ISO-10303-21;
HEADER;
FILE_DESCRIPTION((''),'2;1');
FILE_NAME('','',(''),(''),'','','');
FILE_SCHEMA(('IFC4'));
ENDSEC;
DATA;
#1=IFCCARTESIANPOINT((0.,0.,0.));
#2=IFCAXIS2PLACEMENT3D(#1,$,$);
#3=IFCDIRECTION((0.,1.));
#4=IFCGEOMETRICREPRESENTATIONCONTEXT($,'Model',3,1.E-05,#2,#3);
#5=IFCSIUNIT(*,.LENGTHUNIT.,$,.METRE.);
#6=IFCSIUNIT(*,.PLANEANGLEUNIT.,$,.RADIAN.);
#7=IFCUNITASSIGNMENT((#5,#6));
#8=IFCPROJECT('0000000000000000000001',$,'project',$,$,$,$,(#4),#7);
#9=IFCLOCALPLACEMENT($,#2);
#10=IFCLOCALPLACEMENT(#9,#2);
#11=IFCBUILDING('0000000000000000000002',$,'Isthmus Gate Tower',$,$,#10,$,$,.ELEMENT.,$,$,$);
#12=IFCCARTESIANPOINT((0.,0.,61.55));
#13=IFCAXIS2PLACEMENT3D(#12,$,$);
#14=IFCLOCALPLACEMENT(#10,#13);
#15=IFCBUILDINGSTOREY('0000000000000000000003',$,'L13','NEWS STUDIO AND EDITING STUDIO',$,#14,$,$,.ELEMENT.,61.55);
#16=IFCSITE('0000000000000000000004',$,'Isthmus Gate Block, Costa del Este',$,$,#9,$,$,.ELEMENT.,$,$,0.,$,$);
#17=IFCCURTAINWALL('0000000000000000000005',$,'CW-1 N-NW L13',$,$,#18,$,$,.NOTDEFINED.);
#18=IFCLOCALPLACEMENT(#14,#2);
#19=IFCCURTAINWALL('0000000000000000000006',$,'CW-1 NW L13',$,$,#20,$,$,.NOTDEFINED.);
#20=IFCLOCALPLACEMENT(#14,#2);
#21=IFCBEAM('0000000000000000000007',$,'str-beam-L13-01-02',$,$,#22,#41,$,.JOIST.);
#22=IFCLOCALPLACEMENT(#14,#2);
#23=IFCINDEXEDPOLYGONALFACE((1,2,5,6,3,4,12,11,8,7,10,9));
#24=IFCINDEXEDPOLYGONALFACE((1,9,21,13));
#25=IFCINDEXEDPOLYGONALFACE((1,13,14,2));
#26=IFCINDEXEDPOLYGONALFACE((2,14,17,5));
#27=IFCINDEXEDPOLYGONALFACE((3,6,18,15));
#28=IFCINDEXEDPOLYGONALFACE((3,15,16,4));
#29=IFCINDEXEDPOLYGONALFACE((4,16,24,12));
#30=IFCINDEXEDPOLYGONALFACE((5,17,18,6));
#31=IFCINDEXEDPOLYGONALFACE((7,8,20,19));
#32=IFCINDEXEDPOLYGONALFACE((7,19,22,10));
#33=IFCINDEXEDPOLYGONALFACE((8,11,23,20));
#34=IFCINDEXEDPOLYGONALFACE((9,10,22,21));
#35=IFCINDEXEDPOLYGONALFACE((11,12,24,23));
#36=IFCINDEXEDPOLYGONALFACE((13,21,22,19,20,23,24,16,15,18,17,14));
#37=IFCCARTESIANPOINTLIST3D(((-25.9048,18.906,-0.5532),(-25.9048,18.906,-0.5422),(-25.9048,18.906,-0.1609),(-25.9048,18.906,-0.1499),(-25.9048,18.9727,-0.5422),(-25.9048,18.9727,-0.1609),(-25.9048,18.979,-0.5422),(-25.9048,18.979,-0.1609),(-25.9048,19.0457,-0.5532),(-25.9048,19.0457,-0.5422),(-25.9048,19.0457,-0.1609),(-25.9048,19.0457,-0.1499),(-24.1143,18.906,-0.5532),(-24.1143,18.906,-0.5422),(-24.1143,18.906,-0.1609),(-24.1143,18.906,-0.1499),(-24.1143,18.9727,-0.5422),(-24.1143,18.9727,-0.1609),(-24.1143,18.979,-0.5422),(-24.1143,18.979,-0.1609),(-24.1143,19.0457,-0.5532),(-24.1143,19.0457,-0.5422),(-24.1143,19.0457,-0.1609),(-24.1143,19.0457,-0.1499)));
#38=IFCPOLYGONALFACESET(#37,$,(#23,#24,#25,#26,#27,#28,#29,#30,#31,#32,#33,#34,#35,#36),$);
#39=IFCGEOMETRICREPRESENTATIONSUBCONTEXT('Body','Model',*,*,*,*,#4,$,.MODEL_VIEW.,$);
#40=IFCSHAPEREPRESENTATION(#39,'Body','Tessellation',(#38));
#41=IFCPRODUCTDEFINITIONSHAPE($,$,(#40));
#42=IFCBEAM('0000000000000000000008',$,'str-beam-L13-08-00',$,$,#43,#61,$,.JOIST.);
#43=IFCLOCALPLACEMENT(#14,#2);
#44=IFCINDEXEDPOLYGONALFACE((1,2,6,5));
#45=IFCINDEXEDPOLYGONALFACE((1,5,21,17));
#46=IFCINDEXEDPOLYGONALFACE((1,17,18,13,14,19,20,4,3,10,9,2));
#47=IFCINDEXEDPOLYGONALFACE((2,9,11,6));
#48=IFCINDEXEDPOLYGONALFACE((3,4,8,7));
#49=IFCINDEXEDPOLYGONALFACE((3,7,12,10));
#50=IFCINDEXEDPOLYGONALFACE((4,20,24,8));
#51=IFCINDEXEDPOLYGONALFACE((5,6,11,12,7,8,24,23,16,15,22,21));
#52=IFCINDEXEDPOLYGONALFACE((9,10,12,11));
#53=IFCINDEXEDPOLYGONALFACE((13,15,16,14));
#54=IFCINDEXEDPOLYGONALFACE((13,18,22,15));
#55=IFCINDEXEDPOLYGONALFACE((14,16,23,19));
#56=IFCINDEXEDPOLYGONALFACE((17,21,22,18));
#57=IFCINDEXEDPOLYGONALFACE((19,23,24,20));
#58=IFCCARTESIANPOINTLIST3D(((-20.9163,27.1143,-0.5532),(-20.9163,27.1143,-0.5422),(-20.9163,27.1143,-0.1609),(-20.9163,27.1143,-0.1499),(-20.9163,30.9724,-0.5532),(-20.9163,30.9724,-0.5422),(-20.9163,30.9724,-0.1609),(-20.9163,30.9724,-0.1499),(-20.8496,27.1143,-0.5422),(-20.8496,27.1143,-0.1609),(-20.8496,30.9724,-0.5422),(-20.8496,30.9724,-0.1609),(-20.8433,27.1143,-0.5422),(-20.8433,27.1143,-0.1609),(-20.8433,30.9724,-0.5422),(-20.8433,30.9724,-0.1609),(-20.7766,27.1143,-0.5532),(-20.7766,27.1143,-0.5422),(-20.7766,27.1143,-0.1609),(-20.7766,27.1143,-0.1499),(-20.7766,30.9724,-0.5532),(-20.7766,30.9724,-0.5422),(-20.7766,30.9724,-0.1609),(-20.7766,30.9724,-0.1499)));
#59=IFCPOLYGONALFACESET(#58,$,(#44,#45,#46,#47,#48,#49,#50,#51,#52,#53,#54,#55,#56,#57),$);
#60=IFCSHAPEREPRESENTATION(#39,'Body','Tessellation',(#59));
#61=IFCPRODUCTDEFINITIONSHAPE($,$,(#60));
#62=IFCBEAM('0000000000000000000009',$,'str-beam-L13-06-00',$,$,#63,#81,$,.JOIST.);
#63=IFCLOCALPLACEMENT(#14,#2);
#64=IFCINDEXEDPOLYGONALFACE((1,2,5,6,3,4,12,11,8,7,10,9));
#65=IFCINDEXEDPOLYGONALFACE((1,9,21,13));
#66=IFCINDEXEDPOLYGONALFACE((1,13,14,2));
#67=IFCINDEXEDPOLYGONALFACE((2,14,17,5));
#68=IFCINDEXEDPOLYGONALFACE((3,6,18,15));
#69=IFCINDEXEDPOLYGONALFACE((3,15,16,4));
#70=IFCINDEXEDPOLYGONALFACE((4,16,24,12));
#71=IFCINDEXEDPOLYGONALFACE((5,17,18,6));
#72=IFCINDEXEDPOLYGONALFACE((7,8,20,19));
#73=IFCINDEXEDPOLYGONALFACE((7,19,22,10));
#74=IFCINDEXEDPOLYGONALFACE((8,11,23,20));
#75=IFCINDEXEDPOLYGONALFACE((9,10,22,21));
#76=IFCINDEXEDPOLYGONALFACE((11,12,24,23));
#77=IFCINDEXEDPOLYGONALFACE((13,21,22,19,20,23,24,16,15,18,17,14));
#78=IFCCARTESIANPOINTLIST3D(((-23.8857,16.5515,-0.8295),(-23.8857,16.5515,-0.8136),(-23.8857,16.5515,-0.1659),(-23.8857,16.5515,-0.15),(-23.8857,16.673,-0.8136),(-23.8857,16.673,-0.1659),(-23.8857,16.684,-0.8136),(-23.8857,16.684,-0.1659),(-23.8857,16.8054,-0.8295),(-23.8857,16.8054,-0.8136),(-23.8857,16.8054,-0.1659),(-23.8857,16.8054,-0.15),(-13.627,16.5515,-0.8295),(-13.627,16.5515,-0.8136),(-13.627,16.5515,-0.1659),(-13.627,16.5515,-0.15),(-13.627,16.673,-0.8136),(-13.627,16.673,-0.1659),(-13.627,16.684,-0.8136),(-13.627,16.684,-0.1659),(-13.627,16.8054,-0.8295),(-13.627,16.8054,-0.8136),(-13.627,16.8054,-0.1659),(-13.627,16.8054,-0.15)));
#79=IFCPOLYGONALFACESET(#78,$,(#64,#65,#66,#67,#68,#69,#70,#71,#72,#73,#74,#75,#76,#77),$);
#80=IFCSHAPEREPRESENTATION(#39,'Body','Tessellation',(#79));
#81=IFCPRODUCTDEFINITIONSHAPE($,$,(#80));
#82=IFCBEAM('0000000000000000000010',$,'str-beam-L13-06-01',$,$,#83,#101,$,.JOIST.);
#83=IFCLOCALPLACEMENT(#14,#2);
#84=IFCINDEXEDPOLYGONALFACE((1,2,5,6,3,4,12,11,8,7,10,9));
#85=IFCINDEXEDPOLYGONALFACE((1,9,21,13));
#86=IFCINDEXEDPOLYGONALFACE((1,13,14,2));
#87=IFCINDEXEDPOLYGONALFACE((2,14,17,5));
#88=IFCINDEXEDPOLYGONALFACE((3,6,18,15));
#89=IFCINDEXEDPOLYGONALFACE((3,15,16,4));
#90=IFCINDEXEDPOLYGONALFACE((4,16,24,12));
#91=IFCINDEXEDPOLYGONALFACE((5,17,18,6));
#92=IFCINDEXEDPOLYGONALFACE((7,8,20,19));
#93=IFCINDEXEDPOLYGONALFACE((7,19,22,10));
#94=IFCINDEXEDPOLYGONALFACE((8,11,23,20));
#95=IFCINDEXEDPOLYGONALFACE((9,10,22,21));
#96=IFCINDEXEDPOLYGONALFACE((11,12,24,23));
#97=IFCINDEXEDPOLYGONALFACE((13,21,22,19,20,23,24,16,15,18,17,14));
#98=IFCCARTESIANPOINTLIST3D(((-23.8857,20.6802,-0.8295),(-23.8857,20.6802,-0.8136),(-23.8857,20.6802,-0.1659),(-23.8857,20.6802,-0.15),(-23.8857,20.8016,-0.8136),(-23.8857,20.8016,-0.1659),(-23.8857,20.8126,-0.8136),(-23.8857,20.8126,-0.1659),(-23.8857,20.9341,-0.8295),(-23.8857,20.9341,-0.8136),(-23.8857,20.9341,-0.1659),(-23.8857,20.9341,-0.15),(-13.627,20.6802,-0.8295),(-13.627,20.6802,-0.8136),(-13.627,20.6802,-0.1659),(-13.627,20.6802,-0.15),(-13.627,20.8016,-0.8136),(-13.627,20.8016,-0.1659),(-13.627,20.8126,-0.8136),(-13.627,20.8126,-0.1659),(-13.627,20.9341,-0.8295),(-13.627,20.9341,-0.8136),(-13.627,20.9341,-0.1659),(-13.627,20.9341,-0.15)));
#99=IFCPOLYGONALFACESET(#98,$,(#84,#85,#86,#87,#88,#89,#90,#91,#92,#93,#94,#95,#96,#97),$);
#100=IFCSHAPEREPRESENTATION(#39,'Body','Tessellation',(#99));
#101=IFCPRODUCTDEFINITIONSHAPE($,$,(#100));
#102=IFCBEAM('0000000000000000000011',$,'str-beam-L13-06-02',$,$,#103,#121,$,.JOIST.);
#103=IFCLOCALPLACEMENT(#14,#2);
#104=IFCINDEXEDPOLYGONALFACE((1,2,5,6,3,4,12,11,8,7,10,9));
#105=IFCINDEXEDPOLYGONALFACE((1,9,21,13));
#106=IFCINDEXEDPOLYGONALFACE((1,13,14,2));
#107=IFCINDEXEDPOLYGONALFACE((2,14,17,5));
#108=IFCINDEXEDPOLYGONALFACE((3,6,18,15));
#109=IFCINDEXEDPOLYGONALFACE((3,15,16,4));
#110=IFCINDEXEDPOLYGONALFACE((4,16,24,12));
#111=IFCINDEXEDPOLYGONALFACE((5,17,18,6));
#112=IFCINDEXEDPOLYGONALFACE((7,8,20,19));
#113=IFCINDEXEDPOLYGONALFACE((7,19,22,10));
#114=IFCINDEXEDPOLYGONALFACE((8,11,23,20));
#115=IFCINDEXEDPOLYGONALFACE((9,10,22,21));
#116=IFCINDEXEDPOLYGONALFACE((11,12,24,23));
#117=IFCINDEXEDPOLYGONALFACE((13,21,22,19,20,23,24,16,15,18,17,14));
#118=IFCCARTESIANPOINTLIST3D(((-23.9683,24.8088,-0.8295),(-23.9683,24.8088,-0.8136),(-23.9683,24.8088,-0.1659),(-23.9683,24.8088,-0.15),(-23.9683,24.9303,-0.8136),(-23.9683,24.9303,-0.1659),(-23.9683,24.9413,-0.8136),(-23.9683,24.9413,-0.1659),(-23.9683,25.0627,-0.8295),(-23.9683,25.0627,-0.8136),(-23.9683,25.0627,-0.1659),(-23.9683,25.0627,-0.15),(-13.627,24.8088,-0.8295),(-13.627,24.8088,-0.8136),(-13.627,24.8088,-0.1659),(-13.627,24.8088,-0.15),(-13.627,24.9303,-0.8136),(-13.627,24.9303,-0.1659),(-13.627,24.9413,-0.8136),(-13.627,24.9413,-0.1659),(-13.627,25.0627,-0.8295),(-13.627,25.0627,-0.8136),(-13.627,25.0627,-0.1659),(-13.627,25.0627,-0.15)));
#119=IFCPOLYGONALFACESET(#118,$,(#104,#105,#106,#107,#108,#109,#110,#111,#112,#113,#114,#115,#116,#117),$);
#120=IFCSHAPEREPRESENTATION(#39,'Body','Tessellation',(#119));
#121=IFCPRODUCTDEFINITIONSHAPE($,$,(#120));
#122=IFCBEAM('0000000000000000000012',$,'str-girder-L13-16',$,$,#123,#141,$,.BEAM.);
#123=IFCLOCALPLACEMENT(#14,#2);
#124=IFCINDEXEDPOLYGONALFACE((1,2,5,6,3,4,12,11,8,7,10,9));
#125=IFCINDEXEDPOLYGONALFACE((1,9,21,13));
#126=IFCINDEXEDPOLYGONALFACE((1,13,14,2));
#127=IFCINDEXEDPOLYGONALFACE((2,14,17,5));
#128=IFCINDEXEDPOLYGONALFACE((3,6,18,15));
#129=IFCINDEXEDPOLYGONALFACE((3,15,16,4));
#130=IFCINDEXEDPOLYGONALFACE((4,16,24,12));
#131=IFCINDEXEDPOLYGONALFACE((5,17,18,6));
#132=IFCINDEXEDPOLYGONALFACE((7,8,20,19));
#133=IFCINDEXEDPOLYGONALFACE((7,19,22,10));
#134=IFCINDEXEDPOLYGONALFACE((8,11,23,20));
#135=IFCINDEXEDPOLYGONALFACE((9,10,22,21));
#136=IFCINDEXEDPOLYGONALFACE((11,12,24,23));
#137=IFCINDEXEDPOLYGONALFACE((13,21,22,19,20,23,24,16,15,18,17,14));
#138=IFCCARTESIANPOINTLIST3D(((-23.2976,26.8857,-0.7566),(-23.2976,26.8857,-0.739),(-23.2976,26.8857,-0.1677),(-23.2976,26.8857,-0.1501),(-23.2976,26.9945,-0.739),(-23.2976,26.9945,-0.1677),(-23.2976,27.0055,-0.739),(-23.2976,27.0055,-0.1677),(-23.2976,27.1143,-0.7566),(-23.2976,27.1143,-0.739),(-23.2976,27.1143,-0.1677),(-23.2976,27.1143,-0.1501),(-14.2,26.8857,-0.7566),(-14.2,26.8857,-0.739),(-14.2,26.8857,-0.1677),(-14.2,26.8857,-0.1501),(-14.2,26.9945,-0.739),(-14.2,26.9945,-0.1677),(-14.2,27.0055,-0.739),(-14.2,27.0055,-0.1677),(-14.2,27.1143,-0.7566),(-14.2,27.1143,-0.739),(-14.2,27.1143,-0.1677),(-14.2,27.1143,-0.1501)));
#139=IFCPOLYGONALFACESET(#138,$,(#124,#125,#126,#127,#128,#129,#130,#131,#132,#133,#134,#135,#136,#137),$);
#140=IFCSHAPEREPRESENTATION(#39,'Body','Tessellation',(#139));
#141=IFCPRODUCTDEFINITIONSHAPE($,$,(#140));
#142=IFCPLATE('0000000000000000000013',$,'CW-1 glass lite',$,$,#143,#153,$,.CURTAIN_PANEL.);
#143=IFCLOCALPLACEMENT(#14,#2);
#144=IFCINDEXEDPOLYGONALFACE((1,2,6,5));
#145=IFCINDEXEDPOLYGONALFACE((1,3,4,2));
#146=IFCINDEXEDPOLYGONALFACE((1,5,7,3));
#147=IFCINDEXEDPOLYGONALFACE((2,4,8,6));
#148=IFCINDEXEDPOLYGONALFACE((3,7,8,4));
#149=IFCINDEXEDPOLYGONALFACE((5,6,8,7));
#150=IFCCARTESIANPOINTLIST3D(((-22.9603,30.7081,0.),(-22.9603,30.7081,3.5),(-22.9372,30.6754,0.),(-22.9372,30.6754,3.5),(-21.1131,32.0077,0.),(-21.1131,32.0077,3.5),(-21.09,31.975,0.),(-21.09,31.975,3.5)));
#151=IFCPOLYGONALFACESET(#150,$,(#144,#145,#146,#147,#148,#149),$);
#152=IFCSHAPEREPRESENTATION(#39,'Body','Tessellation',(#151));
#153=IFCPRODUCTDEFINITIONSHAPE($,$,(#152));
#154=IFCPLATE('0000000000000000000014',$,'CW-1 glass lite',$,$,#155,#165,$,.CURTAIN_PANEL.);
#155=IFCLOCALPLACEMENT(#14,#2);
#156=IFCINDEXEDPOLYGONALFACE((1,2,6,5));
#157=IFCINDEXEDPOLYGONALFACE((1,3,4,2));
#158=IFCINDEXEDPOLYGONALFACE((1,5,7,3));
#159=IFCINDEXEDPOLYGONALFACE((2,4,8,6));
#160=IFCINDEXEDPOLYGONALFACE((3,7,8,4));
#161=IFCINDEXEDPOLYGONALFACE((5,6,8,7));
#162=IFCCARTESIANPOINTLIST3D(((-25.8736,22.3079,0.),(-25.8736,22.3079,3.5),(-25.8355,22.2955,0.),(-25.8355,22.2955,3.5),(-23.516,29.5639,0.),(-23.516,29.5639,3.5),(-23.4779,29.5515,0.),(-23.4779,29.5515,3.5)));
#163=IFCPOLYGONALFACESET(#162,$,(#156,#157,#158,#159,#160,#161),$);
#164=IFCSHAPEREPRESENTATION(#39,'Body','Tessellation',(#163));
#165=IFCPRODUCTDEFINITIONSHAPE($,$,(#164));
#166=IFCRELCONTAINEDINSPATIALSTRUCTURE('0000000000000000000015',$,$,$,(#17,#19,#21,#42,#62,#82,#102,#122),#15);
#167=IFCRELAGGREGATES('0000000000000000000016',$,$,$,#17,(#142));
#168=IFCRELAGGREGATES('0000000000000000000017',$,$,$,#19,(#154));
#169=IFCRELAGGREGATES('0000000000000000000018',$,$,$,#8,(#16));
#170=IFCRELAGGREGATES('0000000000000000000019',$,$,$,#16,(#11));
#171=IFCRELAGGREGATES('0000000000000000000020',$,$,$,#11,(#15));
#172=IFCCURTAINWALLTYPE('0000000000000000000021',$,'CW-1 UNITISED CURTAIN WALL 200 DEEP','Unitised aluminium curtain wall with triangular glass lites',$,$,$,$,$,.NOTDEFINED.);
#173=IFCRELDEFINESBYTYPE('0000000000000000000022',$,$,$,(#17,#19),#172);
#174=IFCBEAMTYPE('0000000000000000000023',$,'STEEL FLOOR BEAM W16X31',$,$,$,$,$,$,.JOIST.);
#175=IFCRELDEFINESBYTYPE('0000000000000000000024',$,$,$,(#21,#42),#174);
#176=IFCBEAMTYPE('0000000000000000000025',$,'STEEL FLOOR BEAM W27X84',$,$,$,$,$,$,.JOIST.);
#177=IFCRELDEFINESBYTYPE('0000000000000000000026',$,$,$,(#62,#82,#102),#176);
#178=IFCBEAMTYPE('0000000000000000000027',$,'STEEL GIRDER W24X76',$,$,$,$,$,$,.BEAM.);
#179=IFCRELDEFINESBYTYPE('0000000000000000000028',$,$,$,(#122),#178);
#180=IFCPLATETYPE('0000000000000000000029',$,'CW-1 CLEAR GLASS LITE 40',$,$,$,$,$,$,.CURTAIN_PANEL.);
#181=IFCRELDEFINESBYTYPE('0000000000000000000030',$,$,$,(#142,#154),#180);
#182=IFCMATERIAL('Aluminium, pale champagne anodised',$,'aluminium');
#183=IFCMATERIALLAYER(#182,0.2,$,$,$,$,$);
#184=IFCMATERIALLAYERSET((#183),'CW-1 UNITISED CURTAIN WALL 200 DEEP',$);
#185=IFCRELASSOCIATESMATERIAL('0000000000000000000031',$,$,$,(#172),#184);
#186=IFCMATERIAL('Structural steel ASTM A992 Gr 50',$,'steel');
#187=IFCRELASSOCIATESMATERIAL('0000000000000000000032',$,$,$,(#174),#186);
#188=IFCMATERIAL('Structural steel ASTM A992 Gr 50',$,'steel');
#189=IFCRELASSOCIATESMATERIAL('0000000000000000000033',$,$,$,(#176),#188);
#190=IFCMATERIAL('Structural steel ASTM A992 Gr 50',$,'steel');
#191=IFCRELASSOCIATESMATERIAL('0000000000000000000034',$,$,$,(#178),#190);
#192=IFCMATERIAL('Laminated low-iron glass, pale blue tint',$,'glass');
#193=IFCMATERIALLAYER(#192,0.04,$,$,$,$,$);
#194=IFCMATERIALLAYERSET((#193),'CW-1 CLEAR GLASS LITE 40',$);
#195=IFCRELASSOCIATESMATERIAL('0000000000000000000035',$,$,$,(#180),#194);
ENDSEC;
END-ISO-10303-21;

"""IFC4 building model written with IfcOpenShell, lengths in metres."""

from ifc_helpers import new_model, si_unit, direction, frame, origin, origin_2d, place, context, subcontext, project, spatial, rectangle, i_section, extrude, material, layer, layer_set, material_profile, profile_set, type_object, element, aggregate, save


model = new_model("IFC4")

# Units and contexts
model_context = context("Model", 3, precision=1e-05, world=origin(), true_north=direction((0.0, 1.0)))
body_context = subcontext(model_context, "Body", "Model", "MODEL_VIEW")
ifc_project = project(units=[si_unit("LENGTHUNIT", "METRE"), si_unit("PLANEANGLEUNIT", "RADIAN")], contexts=[model_context])

# Site, building, storey
site_placement = place(None, origin())
site = spatial("IfcSite", under=ifc_project, at=site_placement, Name="Isthmus Gate Block, Costa del Este", CompositionType="ELEMENT", RefElevation=0.0)
building_placement = place(site_placement, origin())
building = spatial("IfcBuilding", under=site, at=building_placement, Name="Isthmus Gate Tower", CompositionType="ELEMENT")
storey_placement = place(building_placement, frame((0.0, 0.0, 61.55)))
storey = spatial("IfcBuildingStorey", under=building, at=storey_placement, Name="L13", Description="NEWS STUDIO AND EDITING STUDIO", CompositionType="ELEMENT", Elevation=61.55)

# Curtain wall
ifc_material_1 = material(Name="Aluminium, pale champagne anodised", Category="aluminium")
ifc_layer_1 = layer(ifc_material_1, 0.2)
ifc_layer_set_1 = layer_set([ifc_layer_1], Name="CW-1 UNITISED CURTAIN WALL 200 DEEP")
curtain_wall_type = type_object("IfcCurtainWallType", Name="CW-1 UNITISED CURTAIN WALL 200 DEEP", Description="Unitised aluminium curtain wall with triangular glass lites", PredefinedType="NOTDEFINED", material=ifc_layer_set_1)
curtain_wall_1_placement = place(storey_placement, origin())
curtain_wall_1 = element("IfcCurtainWall", 1, at=curtain_wall_1_placement, inside=storey, type_object=curtain_wall_type, Name="CW-1 N-NW L13", PredefinedType="NOTDEFINED")

# Curtain wall
curtain_wall_2_placement = place(storey_placement, origin())
curtain_wall_2 = element("IfcCurtainWall", 2, at=curtain_wall_2_placement, inside=storey, type_object=curtain_wall_type, Name="CW-1 NW L13", PredefinedType="NOTDEFINED")

# Beams
ifc_material_2 = material(Name="Structural steel ASTM A992 Gr 50", Category="steel")
ifc_material_profile_1 = material_profile(ifc_material_2, i_section(OverallWidth=0.1396, OverallDepth=0.4033, WebThickness=0.0063, FlangeThickness=0.011, at=origin_2d()), Name="W16X31")
ifc_profile_set_1 = profile_set([ifc_material_profile_1], Name="Structural steel ASTM A992 Gr 50")
beam_type_1 = type_object("IfcBeamType", Name="STEEL FLOOR BEAM W16X31", PredefinedType="JOIST", material=ifc_profile_set_1)
beam_1_placement = place(storey_placement, frame((-25.9048, 18.9758, -0.3516), z_axis=(1.0, 0.0, 0.0), x_axis=(0.0, 1.0, 0.0)))
element("IfcBeam", 3, at=beam_1_placement, inside=storey, type_object=beam_type_1, Name="str-beam-L13-01-02", PredefinedType="JOIST", context=body_context, shape_type="SweptSolid", body=[
    extrude(i_section(OverallWidth=0.1396, OverallDepth=0.4033, WebThickness=0.0063, FlangeThickness=0.011, at=origin_2d()), origin(), (0.0, 0.0, 1.0), 1.7905),
])
beam_2_placement = place(storey_placement, frame((-20.8464, 27.1143, -0.3516), z_axis=(0.0, 1.0, 0.0), x_axis=(-1.0, 0.0, 0.0)))
element("IfcBeam", 4, at=beam_2_placement, inside=storey, type_object=beam_type_1, Name="str-beam-L13-08-00", PredefinedType="JOIST", context=body_context, shape_type="SweptSolid", body=[
    extrude(i_section(OverallWidth=0.1396, OverallDepth=0.4033, WebThickness=0.0063, FlangeThickness=0.011, at=origin_2d()), origin(), (0.0, 0.0, 1.0), 3.8582),
])
ifc_material_3 = material(Name="Structural steel ASTM A992 Gr 50", Category="steel")
ifc_material_profile_2 = material_profile(ifc_material_3, i_section(OverallWidth=0.2539, OverallDepth=0.6794, WebThickness=0.011, FlangeThickness=0.0159, at=origin_2d()), Name="W27X84")
ifc_profile_set_2 = profile_set([ifc_material_profile_2], Name="Structural steel ASTM A992 Gr 50")
beam_type_2 = type_object("IfcBeamType", Name="STEEL FLOOR BEAM W27X84", PredefinedType="JOIST", material=ifc_profile_set_2)
for number, where, z_axis, x_axis, name in (
    (5, (-23.8857, 16.6785, -0.4897), (1.0, 0.0, 0.0), (0.0, 1.0, 0.0), "str-beam-L13-06-00"),
    (6, (-23.8857, 20.8071, -0.4897), (1.0, 0.0, 0.0), (0.0, 1.0, 0.0), "str-beam-L13-06-01"),
):
    element("IfcBeam", number, at=place(storey_placement, frame(where, z_axis=z_axis, x_axis=x_axis)), inside=storey, type_object=beam_type_2, Name=name, PredefinedType="JOIST", context=body_context, shape_type="SweptSolid", body=[
        extrude(i_section(OverallWidth=0.2539, OverallDepth=0.6794, WebThickness=0.011, FlangeThickness=0.0159, at=origin_2d()), origin(), (0.0, 0.0, 1.0), 10.2588),
    ])
beam_3_placement = place(storey_placement, frame((-23.9683, 24.9358, -0.4897), z_axis=(1.0, 0.0, 0.0), x_axis=(0.0, 1.0, 0.0)))
element("IfcBeam", 7, at=beam_3_placement, inside=storey, type_object=beam_type_2, Name="str-beam-L13-06-02", PredefinedType="JOIST", context=body_context, shape_type="SweptSolid", body=[
    extrude(i_section(OverallWidth=0.2539, OverallDepth=0.6794, WebThickness=0.011, FlangeThickness=0.0159, at=origin_2d()), origin(), (0.0, 0.0, 1.0), 10.3413),
])
ifc_material_4 = material(Name="Structural steel ASTM A992 Gr 50", Category="steel")
ifc_material_profile_3 = material_profile(ifc_material_4, i_section(OverallWidth=0.2285, OverallDepth=0.6064, WebThickness=0.011, FlangeThickness=0.0176, at=origin_2d()), Name="W24X76")
ifc_profile_set_3 = profile_set([ifc_material_profile_3], Name="Structural steel ASTM A992 Gr 50")
beam_type_3 = type_object("IfcBeamType", Name="STEEL GIRDER W24X76", PredefinedType="BEAM", material=ifc_profile_set_3)
beam_4_placement = place(storey_placement, frame((-23.2976, 27.0, -0.4534), z_axis=(1.0, 0.0, 0.0), x_axis=(0.0, 1.0, 0.0)))
element("IfcBeam", 8, at=beam_4_placement, inside=storey, type_object=beam_type_3, Name="str-girder-L13-16", PredefinedType="BEAM", context=body_context, shape_type="SweptSolid", body=[
    extrude(i_section(OverallWidth=0.2285, OverallDepth=0.6064, WebThickness=0.011, FlangeThickness=0.0176, at=origin_2d()), origin(), (0.0, 0.0, 1.0), 9.0977),
])

# Plates
ifc_material_5 = material(Name="Laminated low-iron glass, pale blue tint", Category="glass")
ifc_layer_2 = layer(ifc_material_5, 0.04)
ifc_layer_set_2 = layer_set([ifc_layer_2], Name="CW-1 CLEAR GLASS LITE 40")
plate_type = type_object("IfcPlateType", Name="CW-1 CLEAR GLASS LITE 40", PredefinedType="CURTAIN_PANEL", material=ifc_layer_set_2)
plate_1_placement = place(storey_placement, frame((-22.0251, 31.3416, 0.0), z_axis=(0.0, 0.0, 1.0), x_axis=(-0.81786, -0.575418, 0.0)))
plate_1 = element("IfcPlate", 9, at=plate_1_placement, type_object=plate_type, Name="CW-1 glass lite", PredefinedType="CURTAIN_PANEL", context=body_context, shape_type="SweptSolid", body=[
    extrude(rectangle(XDim=2.2585, YDim=0.04, at=origin_2d()), origin(), (0.0, 0.0, 1.0), 3.5),
])
aggregate(curtain_wall_1, [plate_1])
plate_2_placement = place(storey_placement, frame((-24.6758, 25.9297, 0.0), z_axis=(0.0, 0.0, 1.0), x_axis=(-0.309017, -0.951057, 0.0)))
plate_2 = element("IfcPlate", 10, at=plate_2_placement, type_object=plate_type, Name="CW-1 glass lite", PredefinedType="CURTAIN_PANEL", context=body_context, shape_type="SweptSolid", body=[
    extrude(rectangle(XDim=7.6294, YDim=0.04, at=origin_2d()), origin(), (0.0, 0.0, 1.0), 3.5),
])

aggregate(curtain_wall_2, [plate_2])

save(model, "model.ifc")
